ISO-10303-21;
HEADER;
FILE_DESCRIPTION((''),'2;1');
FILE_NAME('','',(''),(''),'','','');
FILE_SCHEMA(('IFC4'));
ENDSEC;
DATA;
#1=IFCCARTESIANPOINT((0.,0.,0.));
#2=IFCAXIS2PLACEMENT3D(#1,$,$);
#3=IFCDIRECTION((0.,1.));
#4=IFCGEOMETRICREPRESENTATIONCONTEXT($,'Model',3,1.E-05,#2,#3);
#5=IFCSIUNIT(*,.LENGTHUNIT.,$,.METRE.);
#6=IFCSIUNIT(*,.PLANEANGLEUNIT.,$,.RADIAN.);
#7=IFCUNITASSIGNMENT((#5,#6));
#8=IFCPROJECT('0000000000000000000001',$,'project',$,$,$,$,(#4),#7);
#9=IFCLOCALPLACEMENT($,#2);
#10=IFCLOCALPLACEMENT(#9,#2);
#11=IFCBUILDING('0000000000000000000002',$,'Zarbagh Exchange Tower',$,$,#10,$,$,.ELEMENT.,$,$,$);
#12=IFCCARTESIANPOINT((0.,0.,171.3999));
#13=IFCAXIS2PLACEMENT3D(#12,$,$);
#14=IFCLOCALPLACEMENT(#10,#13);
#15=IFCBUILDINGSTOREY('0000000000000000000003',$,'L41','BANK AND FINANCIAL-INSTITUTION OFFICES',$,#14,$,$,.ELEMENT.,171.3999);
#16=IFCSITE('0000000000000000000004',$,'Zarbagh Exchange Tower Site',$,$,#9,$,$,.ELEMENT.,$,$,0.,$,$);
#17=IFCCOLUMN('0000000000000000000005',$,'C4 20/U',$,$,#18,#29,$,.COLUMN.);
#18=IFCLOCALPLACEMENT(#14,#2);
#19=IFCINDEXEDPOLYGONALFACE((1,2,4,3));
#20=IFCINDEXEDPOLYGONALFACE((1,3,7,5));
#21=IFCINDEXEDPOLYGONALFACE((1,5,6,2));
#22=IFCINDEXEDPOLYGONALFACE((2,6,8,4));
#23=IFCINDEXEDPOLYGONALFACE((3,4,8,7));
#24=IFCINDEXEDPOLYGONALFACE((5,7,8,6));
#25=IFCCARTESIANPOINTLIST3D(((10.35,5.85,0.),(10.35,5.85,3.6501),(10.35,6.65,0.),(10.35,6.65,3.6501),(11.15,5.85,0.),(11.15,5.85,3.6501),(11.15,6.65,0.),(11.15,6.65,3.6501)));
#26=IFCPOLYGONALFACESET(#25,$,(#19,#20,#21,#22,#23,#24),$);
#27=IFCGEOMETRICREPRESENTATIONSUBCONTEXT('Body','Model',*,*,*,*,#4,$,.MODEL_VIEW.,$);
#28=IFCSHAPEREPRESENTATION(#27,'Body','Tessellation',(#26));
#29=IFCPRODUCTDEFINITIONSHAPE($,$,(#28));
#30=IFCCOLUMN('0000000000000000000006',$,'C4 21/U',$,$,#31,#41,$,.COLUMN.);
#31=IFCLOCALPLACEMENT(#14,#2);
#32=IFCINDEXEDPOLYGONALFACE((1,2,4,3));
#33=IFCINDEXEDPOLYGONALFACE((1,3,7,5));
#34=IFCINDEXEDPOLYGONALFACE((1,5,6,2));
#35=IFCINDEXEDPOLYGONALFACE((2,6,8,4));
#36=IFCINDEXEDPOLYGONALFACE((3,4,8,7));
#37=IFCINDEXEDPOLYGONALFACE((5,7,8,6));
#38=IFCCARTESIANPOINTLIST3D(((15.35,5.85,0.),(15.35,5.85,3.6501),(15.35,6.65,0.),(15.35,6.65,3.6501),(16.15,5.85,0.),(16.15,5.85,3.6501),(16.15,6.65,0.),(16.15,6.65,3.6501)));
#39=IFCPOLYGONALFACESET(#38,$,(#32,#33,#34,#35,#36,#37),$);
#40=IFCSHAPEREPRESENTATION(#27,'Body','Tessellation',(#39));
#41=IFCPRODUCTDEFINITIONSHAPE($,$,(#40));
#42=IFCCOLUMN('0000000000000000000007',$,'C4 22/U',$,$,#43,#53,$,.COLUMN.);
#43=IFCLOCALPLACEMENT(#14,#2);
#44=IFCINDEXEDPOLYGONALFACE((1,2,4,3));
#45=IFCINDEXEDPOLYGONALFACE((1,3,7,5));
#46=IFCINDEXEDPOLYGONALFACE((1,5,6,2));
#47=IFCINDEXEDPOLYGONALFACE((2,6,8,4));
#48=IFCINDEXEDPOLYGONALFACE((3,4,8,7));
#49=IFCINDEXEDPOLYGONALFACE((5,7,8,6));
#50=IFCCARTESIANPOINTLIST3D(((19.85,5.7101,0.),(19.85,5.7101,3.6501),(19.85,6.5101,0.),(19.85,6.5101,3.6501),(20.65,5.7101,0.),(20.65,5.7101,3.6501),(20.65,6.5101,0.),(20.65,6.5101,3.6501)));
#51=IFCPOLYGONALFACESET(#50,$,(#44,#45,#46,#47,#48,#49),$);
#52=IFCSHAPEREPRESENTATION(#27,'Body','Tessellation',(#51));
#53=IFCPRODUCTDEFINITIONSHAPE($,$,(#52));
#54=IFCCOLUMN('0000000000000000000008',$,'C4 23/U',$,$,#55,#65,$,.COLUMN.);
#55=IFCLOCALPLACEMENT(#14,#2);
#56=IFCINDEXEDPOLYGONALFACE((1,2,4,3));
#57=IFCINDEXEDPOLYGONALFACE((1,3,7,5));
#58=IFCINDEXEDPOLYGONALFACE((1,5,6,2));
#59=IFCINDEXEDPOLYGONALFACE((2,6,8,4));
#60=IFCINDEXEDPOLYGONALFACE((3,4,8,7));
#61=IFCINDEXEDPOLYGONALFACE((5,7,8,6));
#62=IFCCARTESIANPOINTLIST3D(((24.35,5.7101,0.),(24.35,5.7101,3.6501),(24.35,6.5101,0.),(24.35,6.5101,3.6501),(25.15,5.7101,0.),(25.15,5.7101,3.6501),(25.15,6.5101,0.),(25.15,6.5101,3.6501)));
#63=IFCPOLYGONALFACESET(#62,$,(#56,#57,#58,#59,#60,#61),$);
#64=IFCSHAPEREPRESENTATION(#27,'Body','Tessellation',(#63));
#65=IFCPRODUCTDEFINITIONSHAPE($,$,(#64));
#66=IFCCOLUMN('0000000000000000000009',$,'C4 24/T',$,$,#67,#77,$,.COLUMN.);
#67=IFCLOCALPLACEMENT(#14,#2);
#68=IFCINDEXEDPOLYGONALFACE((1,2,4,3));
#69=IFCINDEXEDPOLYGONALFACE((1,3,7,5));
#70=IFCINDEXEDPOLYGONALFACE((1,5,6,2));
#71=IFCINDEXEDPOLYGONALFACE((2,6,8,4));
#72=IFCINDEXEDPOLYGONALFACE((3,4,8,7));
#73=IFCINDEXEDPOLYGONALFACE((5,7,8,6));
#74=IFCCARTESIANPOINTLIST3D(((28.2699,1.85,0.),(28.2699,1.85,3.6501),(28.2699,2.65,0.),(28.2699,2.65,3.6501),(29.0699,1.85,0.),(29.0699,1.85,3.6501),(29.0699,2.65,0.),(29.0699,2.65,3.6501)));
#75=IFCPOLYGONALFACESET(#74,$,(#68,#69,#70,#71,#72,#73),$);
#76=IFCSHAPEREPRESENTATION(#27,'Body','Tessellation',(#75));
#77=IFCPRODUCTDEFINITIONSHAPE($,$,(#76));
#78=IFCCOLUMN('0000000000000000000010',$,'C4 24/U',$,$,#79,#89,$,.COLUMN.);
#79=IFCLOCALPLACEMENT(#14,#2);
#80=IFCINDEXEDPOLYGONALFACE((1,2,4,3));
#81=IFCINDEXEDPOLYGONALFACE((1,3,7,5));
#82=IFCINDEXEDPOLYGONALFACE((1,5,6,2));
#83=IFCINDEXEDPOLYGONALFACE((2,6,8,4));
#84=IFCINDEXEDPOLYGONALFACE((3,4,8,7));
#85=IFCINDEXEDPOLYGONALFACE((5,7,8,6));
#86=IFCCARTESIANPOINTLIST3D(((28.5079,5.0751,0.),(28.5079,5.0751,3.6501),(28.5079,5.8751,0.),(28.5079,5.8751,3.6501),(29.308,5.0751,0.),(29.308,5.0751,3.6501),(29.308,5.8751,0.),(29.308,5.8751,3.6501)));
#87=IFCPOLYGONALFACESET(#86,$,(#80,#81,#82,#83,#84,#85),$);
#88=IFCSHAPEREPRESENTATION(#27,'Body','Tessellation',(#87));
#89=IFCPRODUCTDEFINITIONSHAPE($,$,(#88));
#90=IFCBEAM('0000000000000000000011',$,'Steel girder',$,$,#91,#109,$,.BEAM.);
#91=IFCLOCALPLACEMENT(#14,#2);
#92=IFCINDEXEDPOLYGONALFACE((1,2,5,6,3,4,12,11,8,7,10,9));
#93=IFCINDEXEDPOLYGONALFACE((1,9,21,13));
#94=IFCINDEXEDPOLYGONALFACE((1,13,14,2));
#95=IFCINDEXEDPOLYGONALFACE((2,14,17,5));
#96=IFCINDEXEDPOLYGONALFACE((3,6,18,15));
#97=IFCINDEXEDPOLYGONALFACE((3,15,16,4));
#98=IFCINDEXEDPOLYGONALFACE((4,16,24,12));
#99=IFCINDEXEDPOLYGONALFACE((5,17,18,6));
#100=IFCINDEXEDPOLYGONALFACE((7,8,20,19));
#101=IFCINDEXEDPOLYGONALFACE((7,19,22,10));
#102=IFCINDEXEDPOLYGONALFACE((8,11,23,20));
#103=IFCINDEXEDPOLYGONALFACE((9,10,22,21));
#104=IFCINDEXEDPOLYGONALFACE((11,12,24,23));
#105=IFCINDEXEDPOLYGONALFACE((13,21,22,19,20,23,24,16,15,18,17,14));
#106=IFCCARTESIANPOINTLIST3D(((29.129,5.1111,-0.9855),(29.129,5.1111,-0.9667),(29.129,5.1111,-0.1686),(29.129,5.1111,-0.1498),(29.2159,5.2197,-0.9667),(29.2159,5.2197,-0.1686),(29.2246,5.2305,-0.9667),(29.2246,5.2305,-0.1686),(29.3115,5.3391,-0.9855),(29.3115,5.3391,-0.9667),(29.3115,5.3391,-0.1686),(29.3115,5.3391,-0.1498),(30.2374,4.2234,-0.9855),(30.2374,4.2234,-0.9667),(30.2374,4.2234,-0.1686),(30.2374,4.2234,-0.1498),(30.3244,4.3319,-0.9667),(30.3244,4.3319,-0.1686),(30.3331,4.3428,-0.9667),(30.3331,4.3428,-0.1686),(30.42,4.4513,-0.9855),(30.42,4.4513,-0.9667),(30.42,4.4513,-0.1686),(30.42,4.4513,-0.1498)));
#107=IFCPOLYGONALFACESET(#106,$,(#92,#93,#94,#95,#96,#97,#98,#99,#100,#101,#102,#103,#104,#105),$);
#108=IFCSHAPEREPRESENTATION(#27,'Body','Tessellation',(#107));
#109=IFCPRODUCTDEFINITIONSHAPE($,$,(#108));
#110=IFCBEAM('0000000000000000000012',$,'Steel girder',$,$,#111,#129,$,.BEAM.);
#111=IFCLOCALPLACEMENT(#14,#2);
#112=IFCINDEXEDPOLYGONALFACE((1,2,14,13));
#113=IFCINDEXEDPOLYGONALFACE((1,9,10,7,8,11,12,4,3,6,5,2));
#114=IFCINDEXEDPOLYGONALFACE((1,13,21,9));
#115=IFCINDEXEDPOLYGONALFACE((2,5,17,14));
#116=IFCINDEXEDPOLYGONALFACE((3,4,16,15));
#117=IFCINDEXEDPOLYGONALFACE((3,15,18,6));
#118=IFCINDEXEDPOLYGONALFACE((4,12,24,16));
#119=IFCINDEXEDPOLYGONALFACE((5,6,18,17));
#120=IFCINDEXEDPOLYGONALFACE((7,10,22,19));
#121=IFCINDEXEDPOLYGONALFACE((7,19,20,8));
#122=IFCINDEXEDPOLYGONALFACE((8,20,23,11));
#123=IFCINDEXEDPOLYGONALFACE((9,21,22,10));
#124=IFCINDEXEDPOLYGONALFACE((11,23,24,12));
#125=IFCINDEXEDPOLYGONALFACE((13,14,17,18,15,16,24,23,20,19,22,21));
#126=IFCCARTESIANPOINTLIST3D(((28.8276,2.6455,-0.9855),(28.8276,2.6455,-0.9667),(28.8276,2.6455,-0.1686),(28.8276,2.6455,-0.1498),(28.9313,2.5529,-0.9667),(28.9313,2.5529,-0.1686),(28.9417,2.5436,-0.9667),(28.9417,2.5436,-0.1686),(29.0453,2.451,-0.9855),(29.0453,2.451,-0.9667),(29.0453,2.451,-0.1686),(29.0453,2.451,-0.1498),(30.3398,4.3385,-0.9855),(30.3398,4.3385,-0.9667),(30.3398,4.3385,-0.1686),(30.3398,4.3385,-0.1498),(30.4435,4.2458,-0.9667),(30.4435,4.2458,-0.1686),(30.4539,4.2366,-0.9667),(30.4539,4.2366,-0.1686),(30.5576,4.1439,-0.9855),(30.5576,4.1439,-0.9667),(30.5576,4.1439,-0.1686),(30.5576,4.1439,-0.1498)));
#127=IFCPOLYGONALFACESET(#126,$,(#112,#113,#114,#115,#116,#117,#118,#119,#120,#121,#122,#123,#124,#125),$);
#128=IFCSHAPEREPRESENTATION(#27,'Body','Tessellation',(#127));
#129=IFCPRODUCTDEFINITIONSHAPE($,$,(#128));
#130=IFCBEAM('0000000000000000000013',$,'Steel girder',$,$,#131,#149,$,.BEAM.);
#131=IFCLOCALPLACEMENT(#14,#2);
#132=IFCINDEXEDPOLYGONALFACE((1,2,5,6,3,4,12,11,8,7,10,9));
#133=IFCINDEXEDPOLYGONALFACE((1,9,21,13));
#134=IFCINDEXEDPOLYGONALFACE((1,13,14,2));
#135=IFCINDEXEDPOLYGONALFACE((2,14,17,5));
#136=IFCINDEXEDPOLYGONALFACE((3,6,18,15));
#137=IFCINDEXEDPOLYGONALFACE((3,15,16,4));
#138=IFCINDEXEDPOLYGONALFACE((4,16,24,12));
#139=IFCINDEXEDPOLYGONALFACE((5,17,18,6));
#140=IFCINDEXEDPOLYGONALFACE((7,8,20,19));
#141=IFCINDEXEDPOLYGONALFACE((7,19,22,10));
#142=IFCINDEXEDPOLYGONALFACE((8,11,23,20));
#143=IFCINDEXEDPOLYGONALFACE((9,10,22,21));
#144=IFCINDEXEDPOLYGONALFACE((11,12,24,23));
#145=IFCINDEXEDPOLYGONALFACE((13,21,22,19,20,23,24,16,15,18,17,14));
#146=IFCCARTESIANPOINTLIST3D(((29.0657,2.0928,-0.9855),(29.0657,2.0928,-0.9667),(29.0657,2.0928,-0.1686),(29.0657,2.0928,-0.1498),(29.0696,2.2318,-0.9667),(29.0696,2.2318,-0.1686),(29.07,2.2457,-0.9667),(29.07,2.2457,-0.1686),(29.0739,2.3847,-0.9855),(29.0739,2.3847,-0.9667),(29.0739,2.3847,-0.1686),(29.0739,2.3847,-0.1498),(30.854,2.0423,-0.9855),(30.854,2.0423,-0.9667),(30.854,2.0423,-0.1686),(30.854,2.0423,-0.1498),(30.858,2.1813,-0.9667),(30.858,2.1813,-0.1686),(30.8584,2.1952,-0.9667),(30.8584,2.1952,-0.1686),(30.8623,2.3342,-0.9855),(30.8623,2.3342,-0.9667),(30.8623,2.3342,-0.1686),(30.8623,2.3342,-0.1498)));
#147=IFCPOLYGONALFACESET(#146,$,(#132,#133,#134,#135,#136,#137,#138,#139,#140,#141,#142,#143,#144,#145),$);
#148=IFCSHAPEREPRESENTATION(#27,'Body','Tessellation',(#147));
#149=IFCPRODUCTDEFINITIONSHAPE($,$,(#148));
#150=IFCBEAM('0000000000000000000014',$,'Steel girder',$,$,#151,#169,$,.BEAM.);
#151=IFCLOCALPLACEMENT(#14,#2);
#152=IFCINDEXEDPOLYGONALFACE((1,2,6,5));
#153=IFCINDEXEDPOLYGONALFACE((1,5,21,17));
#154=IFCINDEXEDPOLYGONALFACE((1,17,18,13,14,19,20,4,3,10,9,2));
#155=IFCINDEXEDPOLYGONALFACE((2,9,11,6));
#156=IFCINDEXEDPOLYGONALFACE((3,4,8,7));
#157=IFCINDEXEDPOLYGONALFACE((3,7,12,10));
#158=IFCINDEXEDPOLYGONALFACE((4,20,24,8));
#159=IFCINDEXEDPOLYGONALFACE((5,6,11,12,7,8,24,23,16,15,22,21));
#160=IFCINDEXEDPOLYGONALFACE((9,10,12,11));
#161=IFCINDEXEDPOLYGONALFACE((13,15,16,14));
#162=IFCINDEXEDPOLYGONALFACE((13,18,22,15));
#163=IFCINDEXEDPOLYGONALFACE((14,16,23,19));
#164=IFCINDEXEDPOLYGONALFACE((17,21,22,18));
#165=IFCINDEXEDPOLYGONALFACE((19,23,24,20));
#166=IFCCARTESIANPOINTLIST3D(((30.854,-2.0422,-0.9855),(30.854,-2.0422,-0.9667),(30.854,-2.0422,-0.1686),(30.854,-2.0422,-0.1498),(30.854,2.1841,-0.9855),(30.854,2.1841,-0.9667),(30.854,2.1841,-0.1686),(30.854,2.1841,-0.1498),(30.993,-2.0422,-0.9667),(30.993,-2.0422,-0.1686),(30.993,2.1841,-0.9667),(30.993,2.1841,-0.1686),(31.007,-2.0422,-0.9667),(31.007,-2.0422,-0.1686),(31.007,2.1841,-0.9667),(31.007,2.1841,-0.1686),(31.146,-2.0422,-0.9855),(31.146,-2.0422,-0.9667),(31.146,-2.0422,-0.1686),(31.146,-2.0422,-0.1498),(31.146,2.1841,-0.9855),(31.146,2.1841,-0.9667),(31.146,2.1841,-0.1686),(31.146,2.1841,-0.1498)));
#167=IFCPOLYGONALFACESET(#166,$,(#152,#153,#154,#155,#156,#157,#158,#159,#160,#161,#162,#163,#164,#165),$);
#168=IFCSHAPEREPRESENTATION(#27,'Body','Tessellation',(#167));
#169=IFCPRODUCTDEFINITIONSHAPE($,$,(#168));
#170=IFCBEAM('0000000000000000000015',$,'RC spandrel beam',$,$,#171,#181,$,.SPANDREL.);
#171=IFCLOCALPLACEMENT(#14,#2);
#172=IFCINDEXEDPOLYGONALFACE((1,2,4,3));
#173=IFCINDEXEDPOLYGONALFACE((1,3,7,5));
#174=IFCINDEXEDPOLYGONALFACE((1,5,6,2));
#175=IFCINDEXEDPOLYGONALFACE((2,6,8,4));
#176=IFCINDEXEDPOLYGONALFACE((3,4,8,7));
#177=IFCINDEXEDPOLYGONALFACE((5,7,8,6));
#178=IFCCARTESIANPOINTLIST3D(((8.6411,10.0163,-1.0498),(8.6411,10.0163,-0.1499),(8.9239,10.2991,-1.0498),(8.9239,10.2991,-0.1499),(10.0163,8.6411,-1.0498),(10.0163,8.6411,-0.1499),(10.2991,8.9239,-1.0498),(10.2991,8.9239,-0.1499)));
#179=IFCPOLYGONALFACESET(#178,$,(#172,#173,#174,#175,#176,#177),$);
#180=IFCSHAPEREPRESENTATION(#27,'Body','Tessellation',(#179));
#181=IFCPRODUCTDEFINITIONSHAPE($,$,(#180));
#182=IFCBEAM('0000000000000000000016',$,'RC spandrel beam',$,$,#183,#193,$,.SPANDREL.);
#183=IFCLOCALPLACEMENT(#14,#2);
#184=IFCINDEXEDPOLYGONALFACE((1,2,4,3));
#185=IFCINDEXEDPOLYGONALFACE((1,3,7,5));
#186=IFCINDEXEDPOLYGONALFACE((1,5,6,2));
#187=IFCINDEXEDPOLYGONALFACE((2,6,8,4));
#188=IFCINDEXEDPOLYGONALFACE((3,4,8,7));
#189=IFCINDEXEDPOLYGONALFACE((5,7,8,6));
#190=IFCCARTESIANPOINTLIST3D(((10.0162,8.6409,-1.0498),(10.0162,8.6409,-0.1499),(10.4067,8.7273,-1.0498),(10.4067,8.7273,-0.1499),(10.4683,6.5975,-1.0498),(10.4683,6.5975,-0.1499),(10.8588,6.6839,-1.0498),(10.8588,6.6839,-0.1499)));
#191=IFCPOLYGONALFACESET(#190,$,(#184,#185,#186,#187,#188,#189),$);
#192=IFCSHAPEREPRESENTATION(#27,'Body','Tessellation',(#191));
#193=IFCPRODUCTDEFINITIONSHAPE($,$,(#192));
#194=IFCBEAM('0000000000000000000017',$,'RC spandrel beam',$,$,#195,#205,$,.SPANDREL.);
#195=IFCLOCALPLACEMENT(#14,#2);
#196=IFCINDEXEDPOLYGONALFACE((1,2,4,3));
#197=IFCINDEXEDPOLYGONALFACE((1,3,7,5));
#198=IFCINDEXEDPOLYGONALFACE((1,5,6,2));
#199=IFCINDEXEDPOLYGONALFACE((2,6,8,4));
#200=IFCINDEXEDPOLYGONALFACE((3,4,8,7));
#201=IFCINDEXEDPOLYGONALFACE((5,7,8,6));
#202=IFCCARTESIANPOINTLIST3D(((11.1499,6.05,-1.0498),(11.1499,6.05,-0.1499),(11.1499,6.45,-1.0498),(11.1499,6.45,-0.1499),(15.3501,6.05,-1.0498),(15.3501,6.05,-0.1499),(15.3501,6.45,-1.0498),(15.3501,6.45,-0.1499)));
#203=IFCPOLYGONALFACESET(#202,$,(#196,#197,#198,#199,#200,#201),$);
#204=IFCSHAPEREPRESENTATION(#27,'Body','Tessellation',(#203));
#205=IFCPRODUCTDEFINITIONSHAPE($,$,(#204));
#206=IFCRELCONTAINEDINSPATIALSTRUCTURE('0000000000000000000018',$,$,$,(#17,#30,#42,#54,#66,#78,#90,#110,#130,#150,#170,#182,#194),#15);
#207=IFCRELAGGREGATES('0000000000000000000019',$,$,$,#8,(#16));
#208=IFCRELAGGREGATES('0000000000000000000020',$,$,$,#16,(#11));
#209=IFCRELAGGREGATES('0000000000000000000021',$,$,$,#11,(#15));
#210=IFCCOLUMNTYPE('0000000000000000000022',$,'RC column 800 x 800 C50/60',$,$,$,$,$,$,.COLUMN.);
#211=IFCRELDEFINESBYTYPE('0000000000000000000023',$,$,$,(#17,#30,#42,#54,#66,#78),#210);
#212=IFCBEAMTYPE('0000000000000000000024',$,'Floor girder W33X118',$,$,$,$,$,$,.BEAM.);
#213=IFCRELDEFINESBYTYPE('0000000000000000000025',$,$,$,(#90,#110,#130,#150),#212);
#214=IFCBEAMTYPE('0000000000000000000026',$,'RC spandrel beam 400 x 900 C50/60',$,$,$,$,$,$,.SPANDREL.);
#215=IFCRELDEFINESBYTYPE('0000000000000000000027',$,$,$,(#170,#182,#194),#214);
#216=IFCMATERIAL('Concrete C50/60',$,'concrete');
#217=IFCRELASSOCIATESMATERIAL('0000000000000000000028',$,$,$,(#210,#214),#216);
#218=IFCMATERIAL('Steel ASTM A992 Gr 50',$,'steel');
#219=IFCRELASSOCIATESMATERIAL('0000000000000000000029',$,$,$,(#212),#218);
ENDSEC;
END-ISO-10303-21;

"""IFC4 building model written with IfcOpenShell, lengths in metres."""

from ifc_helpers import new_model, si_unit, direction, frame, origin, origin_2d, place, context, subcontext, project, spatial, rectangle, i_section, extrude, material, material_profile, profile_set, type_object, element, save


model = new_model("IFC4")

# Units and contexts
model_context = context("Model", 3, precision=1e-05, world=origin(), true_north=direction((0.0, 1.0)))
body_context = subcontext(model_context, "Body", "Model", "MODEL_VIEW")
ifc_project = project(units=[si_unit("LENGTHUNIT", "METRE"), si_unit("PLANEANGLEUNIT", "RADIAN")], contexts=[model_context])

# Site, building, storey
site_placement = place(None, origin())
site = spatial("IfcSite", under=ifc_project, at=site_placement, Name="Zarbagh Exchange Tower Site", CompositionType="ELEMENT", RefElevation=0.0)
building_placement = place(site_placement, origin())
building = spatial("IfcBuilding", under=site, at=building_placement, Name="Zarbagh Exchange Tower", CompositionType="ELEMENT")
storey_placement = place(building_placement, frame((0.0, 0.0, 171.3999)))
storey = spatial("IfcBuildingStorey", under=building, at=storey_placement, Name="L41", Description="BANK AND FINANCIAL-INSTITUTION OFFICES", CompositionType="ELEMENT", Elevation=171.3999)

# Columns
ifc_material_1 = material(Name="Concrete C50/60", Category="concrete")
ifc_material_profile_1 = material_profile(ifc_material_1, rectangle(XDim=0.8, YDim=0.8, at=origin_2d()), Name="RC column 800 x 800 C50/60")
ifc_profile_set_1 = profile_set([ifc_material_profile_1], Name="Concrete C50/60")
column_type = type_object("IfcColumnType", Name="RC column 800 x 800 C50/60", PredefinedType="COLUMN", material=ifc_profile_set_1)
for number, where, z_axis, x_axis, name in (
    (1, (10.75, 6.25, 0.0), (0.0, 0.0, 1.0), (1.0, 0.0, 0.0), "C4 20/U"),
    (2, (15.75, 6.25, 0.0), (0.0, 0.0, 1.0), (1.0, 0.0, 0.0), "C4 21/U"),
    (3, (20.25, 6.1101, 0.0), (0.0, 0.0, 1.0), (1.0, 0.0, 0.0), "C4 22/U"),
    (4, (24.75, 6.1101, 0.0), (0.0, 0.0, 1.0), (1.0, 0.0, 0.0), "C4 23/U"),
    (5, (28.6699, 2.25, 0.0), (0.0, 0.0, 1.0), (1.0, 0.0, 0.0), "C4 24/T"),
    (6, (28.908, 5.4751, 0.0), (0.0, 0.0, 1.0), (1.0, 0.0, 0.0), "C4 24/U"),
):
    element("IfcColumn", number, at=place(storey_placement, frame(where, z_axis=z_axis, x_axis=x_axis)), inside=storey, type_object=column_type, Name=name, PredefinedType="COLUMN", context=body_context, shape_type="SweptSolid", body=[
        extrude(rectangle(XDim=0.8, YDim=0.8, at=origin_2d()), origin(), (0.0, 0.0, 1.0), 3.6501),
    ])

# Beams
ifc_material_2 = material(Name="Steel ASTM A992 Gr 50", Category="steel")
ifc_material_profile_2 = material_profile(ifc_material_2, i_section(OverallWidth=0.292, OverallDepth=0.8357, WebThickness=0.0139, FlangeThickness=0.0188, at=origin_2d()), Name="W33X118")
ifc_profile_set_2 = profile_set([ifc_material_profile_2], Name="Steel ASTM A992 Gr 50")
beam_type_1 = type_object("IfcBeamType", Name="Floor girder W33X118", PredefinedType="BEAM", material=ifc_profile_set_2)
beam_1_placement = place(storey_placement, frame((29.2202, 5.2251, -0.5676), z_axis=(0.780533, -0.625114, 0.0), x_axis=(0.625114, 0.780533, 0.0)))
element("IfcBeam", 7, at=beam_1_placement, inside=storey, type_object=beam_type_1, Name="Steel girder", PredefinedType="BEAM", context=body_context, shape_type="SweptSolid", body=[
    extrude(i_section(OverallWidth=0.292, OverallDepth=0.8357, WebThickness=0.0139, FlangeThickness=0.0188, at=origin_2d()), origin(), (0.0, 0.0, 1.0), 1.4202),
])
beam_2_placement = place(storey_placement, frame((30.4487, 4.2412, -0.5676), z_axis=(-0.666191, -0.745781, 0.0), x_axis=(0.745781, -0.666191, 0.0)))
element("IfcBeam", 8, at=beam_2_placement, inside=storey, type_object=beam_type_1, Name="Steel girder", PredefinedType="BEAM", context=body_context, shape_type="SweptSolid", body=[
    extrude(i_section(OverallWidth=0.292, OverallDepth=0.8357, WebThickness=0.0139, FlangeThickness=0.0188, at=origin_2d()), origin(), (0.0, 0.0, 1.0), 2.27),
])
beam_3_placement = place(storey_placement, frame((29.0698, 2.2388, -0.5676), z_axis=(0.999601, -0.028248, 0.0), x_axis=(0.028248, 0.999601, 0.0)))
element("IfcBeam", 9, at=beam_3_placement, inside=storey, type_object=beam_type_1, Name="Steel girder", PredefinedType="BEAM", context=body_context, shape_type="SweptSolid", body=[
    extrude(i_section(OverallWidth=0.292, OverallDepth=0.8357, WebThickness=0.0139, FlangeThickness=0.0188, at=origin_2d()), origin(), (0.0, 0.0, 1.0), 1.7891),
])
beam_4_placement = place(storey_placement, frame((31.0, 2.1841, -0.5676), z_axis=(0.0, -1.0, 0.0), x_axis=(1.0, 0.0, 0.0)))
element("IfcBeam", 10, at=beam_4_placement, inside=storey, type_object=beam_type_1, Name="Steel girder", PredefinedType="BEAM", context=body_context, shape_type="SweptSolid", body=[
    extrude(i_section(OverallWidth=0.292, OverallDepth=0.8357, WebThickness=0.0139, FlangeThickness=0.0188, at=origin_2d()), origin(), (0.0, 0.0, 1.0), 4.2263),
])
ifc_material_profile_3 = material_profile(ifc_material_1, rectangle(XDim=0.3999, YDim=0.8999, at=origin_2d()), Name="RC spandrel beam 400 x 900 C50/60")
ifc_profile_set_3 = profile_set([ifc_material_profile_3], Name="Concrete C50/60")
beam_type_2 = type_object("IfcBeamType", Name="RC spandrel beam 400 x 900 C50/60", PredefinedType="SPANDREL", material=ifc_profile_set_3)
beam_5_placement = place(storey_placement, frame((8.7825, 10.1577, -0.5999), z_axis=(0.707107, -0.707107, 0.0), x_axis=(0.707107, 0.707107, 0.0)))
element("IfcBeam", 11, at=beam_5_placement, inside=storey, type_object=beam_type_2, Name="RC spandrel beam", PredefinedType="SPANDREL", context=body_context, shape_type="SweptSolid", body=[
    extrude(rectangle(XDim=0.3999, YDim=0.8999, at=origin_2d()), origin(), (0.0, 0.0, 1.0), 1.9448),
])
beam_6_placement = place(storey_placement, frame((10.2114, 8.6841, -0.5999), z_axis=(0.216041, -0.976384, 0.0), x_axis=(0.976384, 0.216041, 0.0)))
element("IfcBeam", 12, at=beam_6_placement, inside=storey, type_object=beam_type_2, Name="RC spandrel beam", PredefinedType="SPANDREL", context=body_context, shape_type="SweptSolid", body=[
    extrude(rectangle(XDim=0.3999, YDim=0.8999, at=origin_2d()), origin(), (0.0, 0.0, 1.0), 2.0928),
])
beam_7_placement = place(storey_placement, frame((11.1499, 6.25, -0.5999), z_axis=(1.0, 0.0, 0.0), x_axis=(0.0, 1.0, 0.0)))
element("IfcBeam", 13, at=beam_7_placement, inside=storey, type_object=beam_type_2, Name="RC spandrel beam", PredefinedType="SPANDREL", context=body_context, shape_type="SweptSolid", body=[
    extrude(rectangle(XDim=0.3999, YDim=0.8999, at=origin_2d()), origin(), (0.0, 0.0, 1.0), 4.2002),
])

save(model, "model.ifc")
